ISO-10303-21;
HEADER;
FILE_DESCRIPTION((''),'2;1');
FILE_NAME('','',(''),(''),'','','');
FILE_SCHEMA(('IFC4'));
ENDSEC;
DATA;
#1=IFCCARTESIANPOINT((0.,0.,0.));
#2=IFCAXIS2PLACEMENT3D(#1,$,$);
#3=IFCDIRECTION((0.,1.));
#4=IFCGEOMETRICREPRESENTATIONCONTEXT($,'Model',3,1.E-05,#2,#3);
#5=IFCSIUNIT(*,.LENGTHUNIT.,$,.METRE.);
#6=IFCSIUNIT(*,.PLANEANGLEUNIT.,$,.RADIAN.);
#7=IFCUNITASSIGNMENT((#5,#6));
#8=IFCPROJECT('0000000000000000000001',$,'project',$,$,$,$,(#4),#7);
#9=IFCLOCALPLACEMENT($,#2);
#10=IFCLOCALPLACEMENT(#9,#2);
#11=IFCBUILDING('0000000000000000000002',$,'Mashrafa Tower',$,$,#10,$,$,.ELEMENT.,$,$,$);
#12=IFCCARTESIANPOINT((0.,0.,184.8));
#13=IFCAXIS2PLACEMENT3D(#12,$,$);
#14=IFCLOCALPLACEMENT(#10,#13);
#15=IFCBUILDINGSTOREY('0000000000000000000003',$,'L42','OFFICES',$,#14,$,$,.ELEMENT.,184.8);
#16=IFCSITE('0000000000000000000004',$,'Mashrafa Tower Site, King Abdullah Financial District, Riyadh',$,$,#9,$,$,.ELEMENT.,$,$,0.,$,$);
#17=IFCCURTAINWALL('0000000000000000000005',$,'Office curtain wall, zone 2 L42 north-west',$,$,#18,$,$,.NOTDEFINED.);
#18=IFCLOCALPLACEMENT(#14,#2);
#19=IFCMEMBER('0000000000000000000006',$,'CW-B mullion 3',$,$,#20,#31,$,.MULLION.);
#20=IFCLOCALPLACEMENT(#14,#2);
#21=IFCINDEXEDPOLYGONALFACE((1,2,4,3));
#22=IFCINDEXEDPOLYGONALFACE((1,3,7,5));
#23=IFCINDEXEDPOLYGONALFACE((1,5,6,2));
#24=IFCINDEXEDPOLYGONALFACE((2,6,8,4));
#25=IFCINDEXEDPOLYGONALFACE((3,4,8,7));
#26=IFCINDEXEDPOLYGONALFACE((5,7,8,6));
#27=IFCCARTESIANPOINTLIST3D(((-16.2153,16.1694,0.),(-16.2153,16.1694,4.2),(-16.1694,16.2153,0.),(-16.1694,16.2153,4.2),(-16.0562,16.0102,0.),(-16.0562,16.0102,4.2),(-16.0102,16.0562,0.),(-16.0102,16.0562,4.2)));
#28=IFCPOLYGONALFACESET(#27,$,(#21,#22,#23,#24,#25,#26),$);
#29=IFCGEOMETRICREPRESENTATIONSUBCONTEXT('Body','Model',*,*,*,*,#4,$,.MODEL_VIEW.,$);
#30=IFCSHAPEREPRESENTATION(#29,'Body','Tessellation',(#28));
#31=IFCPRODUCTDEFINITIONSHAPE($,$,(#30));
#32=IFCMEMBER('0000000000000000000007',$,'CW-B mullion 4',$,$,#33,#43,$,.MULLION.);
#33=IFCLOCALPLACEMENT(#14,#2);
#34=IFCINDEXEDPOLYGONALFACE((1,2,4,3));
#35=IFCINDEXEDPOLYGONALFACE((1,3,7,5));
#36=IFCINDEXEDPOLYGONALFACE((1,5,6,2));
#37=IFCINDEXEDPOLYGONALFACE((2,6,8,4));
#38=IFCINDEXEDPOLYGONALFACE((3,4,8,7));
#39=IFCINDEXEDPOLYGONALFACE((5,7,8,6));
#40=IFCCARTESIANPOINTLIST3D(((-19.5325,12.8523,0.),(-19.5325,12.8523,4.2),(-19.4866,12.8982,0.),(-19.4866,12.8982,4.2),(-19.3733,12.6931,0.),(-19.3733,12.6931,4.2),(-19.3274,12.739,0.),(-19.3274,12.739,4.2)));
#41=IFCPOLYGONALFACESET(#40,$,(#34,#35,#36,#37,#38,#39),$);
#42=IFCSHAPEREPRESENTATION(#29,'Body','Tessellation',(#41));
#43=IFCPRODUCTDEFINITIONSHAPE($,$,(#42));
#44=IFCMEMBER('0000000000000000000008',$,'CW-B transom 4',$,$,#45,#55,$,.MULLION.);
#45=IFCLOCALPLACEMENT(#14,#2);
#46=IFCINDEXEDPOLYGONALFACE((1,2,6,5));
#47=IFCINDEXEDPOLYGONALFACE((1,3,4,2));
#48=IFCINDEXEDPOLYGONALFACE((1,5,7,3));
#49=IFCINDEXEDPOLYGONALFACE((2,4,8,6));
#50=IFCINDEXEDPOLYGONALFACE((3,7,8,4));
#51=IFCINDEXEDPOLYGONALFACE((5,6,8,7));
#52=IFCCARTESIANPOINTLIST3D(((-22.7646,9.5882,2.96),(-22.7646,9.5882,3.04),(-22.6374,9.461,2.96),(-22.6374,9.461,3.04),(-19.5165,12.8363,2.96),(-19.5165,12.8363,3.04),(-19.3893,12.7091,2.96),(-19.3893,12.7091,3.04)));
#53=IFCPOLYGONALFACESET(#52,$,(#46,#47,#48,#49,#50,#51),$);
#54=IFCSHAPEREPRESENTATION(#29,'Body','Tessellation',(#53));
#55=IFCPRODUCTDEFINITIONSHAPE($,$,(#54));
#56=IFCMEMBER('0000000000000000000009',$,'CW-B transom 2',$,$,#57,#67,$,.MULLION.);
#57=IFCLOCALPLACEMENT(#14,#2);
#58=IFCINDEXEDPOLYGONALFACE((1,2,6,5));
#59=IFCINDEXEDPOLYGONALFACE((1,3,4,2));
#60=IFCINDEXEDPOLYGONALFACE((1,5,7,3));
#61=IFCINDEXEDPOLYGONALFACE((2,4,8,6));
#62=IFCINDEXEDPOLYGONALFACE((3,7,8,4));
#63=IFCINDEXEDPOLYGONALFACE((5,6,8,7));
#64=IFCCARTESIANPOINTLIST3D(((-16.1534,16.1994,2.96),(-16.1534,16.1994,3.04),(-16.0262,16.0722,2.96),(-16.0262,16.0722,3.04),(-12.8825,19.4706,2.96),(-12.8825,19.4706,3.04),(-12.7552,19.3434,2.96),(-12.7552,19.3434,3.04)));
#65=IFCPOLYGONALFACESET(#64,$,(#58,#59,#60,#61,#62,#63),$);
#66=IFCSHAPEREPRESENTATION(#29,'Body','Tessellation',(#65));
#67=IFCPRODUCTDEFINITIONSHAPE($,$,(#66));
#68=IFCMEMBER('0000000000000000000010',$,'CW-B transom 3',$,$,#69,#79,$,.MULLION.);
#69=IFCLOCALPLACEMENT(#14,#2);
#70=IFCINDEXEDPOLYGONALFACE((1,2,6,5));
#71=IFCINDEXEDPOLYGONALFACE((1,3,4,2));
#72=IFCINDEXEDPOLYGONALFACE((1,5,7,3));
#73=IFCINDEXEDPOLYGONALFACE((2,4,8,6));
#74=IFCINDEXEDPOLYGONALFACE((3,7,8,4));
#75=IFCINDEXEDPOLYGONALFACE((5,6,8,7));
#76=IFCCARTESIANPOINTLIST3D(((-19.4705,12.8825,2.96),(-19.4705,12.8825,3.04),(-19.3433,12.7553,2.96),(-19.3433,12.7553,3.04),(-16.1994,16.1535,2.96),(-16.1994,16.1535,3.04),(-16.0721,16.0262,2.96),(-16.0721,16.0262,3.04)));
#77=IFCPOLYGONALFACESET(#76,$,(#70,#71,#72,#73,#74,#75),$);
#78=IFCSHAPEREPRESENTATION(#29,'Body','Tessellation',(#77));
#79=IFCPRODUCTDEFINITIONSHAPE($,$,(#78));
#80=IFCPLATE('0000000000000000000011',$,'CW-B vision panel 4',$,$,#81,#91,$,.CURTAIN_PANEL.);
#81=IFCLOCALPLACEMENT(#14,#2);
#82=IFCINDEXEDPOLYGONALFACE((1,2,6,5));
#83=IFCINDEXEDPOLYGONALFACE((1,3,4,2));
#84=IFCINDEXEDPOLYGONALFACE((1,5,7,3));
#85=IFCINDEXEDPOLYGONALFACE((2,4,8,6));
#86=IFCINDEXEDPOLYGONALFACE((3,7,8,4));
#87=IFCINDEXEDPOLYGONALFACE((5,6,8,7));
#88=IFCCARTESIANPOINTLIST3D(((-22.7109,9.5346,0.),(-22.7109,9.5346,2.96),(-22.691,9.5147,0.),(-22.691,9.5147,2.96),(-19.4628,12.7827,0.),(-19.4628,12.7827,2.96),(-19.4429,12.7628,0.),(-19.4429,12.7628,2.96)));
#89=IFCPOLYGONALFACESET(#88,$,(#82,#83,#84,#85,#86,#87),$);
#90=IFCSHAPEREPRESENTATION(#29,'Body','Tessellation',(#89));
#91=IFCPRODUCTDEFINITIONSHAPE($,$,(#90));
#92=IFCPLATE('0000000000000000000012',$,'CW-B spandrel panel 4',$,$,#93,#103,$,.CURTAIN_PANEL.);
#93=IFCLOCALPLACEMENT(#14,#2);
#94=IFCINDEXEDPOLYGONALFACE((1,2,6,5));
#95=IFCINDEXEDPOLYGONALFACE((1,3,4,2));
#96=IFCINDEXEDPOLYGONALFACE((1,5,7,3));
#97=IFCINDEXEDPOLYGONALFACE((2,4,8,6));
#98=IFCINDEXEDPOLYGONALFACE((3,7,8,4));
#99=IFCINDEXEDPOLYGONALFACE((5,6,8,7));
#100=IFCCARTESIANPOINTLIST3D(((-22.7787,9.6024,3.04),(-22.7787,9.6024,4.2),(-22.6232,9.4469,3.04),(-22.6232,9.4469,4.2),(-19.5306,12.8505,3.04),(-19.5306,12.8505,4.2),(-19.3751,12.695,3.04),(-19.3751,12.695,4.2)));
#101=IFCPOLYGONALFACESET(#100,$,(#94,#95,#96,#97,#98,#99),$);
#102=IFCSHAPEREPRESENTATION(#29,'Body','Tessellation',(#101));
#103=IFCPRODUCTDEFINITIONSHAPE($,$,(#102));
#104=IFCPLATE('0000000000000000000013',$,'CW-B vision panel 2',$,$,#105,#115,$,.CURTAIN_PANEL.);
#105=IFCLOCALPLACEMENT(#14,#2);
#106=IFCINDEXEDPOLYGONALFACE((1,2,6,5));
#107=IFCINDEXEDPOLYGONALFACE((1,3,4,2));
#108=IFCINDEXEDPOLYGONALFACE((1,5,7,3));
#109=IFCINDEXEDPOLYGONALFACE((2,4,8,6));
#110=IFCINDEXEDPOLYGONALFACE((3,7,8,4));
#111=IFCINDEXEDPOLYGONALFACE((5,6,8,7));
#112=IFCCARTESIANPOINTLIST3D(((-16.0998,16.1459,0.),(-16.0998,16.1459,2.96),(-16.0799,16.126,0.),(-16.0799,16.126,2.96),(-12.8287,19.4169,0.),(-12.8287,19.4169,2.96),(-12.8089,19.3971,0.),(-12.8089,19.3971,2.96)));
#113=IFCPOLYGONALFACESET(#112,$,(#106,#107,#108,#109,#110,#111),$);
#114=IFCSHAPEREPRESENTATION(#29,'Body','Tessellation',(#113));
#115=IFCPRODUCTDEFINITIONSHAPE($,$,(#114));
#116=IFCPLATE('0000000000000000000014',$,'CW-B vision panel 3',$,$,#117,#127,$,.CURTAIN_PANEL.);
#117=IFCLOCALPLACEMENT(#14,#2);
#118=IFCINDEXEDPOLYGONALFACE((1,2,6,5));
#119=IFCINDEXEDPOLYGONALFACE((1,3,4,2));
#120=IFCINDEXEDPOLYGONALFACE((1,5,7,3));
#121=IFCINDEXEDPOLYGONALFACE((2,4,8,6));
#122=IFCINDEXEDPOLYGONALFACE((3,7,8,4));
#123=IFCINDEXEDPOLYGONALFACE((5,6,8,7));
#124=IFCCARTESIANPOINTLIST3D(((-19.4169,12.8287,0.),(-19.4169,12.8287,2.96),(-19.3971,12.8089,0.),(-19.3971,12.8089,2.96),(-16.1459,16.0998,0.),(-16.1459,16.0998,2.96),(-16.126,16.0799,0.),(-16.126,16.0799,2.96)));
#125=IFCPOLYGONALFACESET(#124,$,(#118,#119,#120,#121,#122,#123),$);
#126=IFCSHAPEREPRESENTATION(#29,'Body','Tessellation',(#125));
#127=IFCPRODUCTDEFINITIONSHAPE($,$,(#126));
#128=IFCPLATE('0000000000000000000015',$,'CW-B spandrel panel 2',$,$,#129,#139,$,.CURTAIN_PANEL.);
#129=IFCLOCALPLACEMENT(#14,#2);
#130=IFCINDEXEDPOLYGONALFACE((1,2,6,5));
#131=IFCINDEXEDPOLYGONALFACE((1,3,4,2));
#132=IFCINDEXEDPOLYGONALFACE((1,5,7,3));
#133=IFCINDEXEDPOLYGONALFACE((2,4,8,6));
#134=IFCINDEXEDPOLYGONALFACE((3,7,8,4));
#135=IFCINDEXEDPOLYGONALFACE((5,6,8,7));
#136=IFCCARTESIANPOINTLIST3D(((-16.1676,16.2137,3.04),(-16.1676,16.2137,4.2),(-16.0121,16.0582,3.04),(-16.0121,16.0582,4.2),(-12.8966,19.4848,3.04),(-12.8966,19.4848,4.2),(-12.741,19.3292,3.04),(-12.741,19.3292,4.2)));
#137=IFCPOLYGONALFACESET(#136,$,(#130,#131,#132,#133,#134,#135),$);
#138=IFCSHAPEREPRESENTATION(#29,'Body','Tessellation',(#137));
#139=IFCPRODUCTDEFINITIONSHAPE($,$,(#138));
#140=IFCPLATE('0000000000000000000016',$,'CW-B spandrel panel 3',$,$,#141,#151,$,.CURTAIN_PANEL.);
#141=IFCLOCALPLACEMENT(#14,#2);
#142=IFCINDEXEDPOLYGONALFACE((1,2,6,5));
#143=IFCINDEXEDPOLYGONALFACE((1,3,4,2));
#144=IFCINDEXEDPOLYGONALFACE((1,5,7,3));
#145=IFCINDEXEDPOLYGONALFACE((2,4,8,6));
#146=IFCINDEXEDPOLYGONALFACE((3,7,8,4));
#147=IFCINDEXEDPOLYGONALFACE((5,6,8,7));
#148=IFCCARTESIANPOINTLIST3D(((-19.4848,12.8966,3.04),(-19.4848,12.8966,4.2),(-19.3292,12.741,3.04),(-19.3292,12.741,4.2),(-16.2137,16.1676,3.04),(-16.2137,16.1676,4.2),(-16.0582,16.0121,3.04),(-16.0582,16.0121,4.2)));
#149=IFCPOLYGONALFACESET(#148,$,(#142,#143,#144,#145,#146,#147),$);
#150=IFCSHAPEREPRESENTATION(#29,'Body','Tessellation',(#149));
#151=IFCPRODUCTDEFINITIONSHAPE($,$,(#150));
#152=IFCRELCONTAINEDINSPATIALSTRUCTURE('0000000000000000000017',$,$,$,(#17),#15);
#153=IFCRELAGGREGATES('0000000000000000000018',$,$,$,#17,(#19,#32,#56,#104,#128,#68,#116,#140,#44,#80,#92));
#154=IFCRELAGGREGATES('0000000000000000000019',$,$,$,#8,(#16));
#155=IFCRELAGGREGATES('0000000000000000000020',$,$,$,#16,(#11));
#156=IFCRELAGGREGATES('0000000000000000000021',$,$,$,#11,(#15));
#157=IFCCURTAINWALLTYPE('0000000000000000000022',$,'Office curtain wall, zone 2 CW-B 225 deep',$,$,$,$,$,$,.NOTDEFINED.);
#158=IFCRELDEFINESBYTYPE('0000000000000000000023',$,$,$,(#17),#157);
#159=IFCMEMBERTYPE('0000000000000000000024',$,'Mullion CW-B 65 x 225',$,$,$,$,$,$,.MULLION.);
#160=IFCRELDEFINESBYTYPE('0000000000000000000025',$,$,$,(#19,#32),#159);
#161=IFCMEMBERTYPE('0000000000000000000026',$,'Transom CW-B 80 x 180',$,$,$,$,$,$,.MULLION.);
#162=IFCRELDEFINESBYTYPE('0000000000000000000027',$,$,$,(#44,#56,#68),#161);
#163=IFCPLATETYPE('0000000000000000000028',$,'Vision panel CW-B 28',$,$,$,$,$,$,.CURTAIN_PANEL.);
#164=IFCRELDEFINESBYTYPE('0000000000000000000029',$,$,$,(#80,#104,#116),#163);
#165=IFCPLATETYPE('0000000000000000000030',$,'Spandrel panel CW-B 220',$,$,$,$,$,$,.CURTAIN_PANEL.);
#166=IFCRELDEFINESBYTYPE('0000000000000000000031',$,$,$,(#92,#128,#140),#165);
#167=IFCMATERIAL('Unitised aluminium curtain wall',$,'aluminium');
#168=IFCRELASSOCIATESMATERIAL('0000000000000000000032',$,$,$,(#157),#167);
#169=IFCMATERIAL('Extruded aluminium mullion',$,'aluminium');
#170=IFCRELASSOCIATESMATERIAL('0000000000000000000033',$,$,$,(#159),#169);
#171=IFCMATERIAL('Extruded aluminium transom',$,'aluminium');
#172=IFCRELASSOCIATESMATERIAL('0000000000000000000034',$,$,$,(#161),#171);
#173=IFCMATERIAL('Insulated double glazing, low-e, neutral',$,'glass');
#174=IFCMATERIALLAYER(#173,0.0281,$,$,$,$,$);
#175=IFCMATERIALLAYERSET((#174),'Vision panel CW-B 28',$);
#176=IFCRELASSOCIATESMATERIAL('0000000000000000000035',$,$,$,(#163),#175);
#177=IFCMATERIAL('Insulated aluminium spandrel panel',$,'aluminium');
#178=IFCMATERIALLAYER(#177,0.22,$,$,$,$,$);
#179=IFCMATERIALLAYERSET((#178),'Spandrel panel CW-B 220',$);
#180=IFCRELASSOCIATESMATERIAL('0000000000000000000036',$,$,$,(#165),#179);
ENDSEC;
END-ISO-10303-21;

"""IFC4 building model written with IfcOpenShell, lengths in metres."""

from ifc_helpers import new_model, si_unit, direction, frame, origin, origin_2d, place, context, subcontext, project, spatial, rectangle, extrude, source, transform, mapped, material, layer, layer_set, material_profile, profile_set, type_object, type_shapes, element, aggregate, save


model = new_model("IFC4")

# Units and contexts
model_context = context("Model", 3, precision=1e-05, world=origin(), true_north=direction((0.0, 1.0)))
body_context = subcontext(model_context, "Body", "Model", "MODEL_VIEW")
ifc_project = project(units=[si_unit("LENGTHUNIT", "METRE"), si_unit("PLANEANGLEUNIT", "RADIAN")], contexts=[model_context])

# Site, building, storey
site_placement = place(None, origin())
site = spatial("IfcSite", under=ifc_project, at=site_placement, Name="Mashrafa Tower Site, King Abdullah Financial District, Riyadh", CompositionType="ELEMENT", RefElevation=0.0)
building_placement = place(site_placement, origin())
building = spatial("IfcBuilding", under=site, at=building_placement, Name="Mashrafa Tower", CompositionType="ELEMENT")
storey_placement = place(building_placement, frame((0.0, 0.0, 184.8)))
storey = spatial("IfcBuildingStorey", under=building, at=storey_placement, Name="L42", Description="OFFICES", CompositionType="ELEMENT", Elevation=184.8)

# Curtain wall, members, plates
ifc_material_1 = material(Name="Unitised aluminium curtain wall", Category="aluminium")
curtain_wall_type = type_object("IfcCurtainWallType", Name="Office curtain wall, zone 2 CW-B 225 deep", PredefinedType="NOTDEFINED", material=ifc_material_1)
curtain_wall_placement = place(storey_placement, origin())
curtain_wall = element("IfcCurtainWall", 1, at=curtain_wall_placement, inside=storey, type_object=curtain_wall_type, Name="Office curtain wall, zone 2 L42 north-west", PredefinedType="NOTDEFINED")
ifc_material_2 = material(Name="Extruded aluminium mullion", Category="aluminium")
ifc_material_profile_1 = material_profile(ifc_material_2, rectangle(XDim=0.2251, YDim=0.0649, at=origin_2d()), Name="Mullion 65x225")
ifc_profile_set_1 = profile_set([ifc_material_profile_1], Name="Extruded aluminium mullion")
member_type_1 = type_object("IfcMemberType", Name="Mullion CW-B 65 x 225", PredefinedType="MULLION", material=ifc_profile_set_1)
shared_shape_1 = source(origin(), body_context, "Body", "SweptSolid", [
    extrude(rectangle(XDim=0.2251, YDim=0.0649, at=origin_2d()), origin(), (0.0, 0.0, 1.0), 4.2),
])
type_shapes(member_type_1, [shared_shape_1])
member_1_placement = place(storey_placement, frame((-16.1128, 16.1128, 0.0), z_axis=(0.0, 0.0, 1.0), x_axis=(0.707107, -0.707107, 0.0)))
member_1 = element("IfcMember", 2, at=member_1_placement, type_object=member_type_1, Name="CW-B mullion 3", PredefinedType="MULLION", context=body_context, shape_type="MappedRepresentation", body=[
    mapped(shared_shape_1, transform((0.0, 0.0, 0.0))),
])
member_2_placement = place(storey_placement, frame((-19.4299, 12.7957, 0.0), z_axis=(0.0, 0.0, 1.0), x_axis=(0.707107, -0.707107, 0.0)))
member_2 = element("IfcMember", 3, at=member_2_placement, type_object=member_type_1, Name="CW-B mullion 4", PredefinedType="MULLION", context=body_context, shape_type="MappedRepresentation", body=[
    mapped(shared_shape_1, transform((0.0, 0.0, 0.0))),
])
ifc_material_3 = material(Name="Extruded aluminium transom", Category="aluminium")
ifc_material_profile_2 = material_profile(ifc_material_3, rectangle(XDim=0.1799, YDim=0.0801, at=origin_2d()), Name="Transom 80x180")
ifc_profile_set_2 = profile_set([ifc_material_profile_2], Name="Extruded aluminium transom")
member_type_2 = type_object("IfcMemberType", Name="Transom CW-B 80 x 180", PredefinedType="MULLION", material=ifc_profile_set_2)
shared_shape_2 = source(origin(), body_context, "Body", "SweptSolid", [
    extrude(rectangle(XDim=0.1799, YDim=0.0801, at=origin_2d()), origin(), (0.0, 0.0, 1.0), 4.5935),
])
member_3_placement = place(storey_placement, frame((-19.4529, 12.7727, 3.0), z_axis=(-0.707107, -0.707107, 0.0), x_axis=(0.707107, -0.707107, 0.0)))
member_3 = element("IfcMember", 4, at=member_3_placement, type_object=member_type_2, Name="CW-B transom 4", PredefinedType="MULLION", context=body_context, shape_type="MappedRepresentation", body=[
    mapped(shared_shape_2, transform((0.0, 0.0, 0.0))),
])
shared_shape_3 = source(origin(), body_context, "Body", "SweptSolid", [
    extrude(rectangle(XDim=0.1799, YDim=0.0801, at=origin_2d()), origin(), (0.0, 0.0, 1.0), 4.626),
])
type_shapes(member_type_2, [shared_shape_2, shared_shape_3])
member_4_placement = place(storey_placement, frame((-12.8188, 19.407, 3.0), z_axis=(-0.70708, -0.707133, 0.0), x_axis=(0.707133, -0.70708, 0.0)))
member_4 = element("IfcMember", 5, at=member_4_placement, type_object=member_type_2, Name="CW-B transom 2", PredefinedType="MULLION", context=body_context, shape_type="MappedRepresentation", body=[
    mapped(shared_shape_3, transform((0.0, 0.0, 0.0))),
])
member_5_placement = place(storey_placement, frame((-16.1357, 16.0898, 3.0), z_axis=(-0.707133, -0.70708, 0.0), x_axis=(0.70708, -0.707133, 0.0)))
member_5 = element("IfcMember", 6, at=member_5_placement, type_object=member_type_2, Name="CW-B transom 3", PredefinedType="MULLION", context=body_context, shape_type="MappedRepresentation", body=[
    mapped(shared_shape_3, transform((0.0, 0.0, 0.0))),
])
ifc_material_4 = material(Name="Insulated double glazing, low-e, neutral", Category="glass")
ifc_layer_1 = layer(ifc_material_4, 0.0281)
ifc_layer_set_1 = layer_set([ifc_layer_1], Name="Vision panel CW-B 28")
plate_type_1 = type_object("IfcPlateType", Name="Vision panel CW-B 28", PredefinedType="CURTAIN_PANEL", material=ifc_layer_set_1)
shared_shape_4 = source(origin(), body_context, "Body", "SweptSolid", [
    extrude(rectangle(XDim=4.5935, YDim=0.0281, at=origin_2d()), origin(), (0.0, 0.0, 1.0), 2.96),
])
plate_1_placement = place(storey_placement, frame((-21.0769, 11.1487, 0.0), z_axis=(0.0, 0.0, 1.0), x_axis=(-0.707107, -0.707107, 0.0)))
plate_1 = element("IfcPlate", 7, at=plate_1_placement, type_object=plate_type_1, Name="CW-B vision panel 4", PredefinedType="CURTAIN_PANEL", context=body_context, shape_type="MappedRepresentation", body=[
    mapped(shared_shape_4, transform((0.0, 0.0, 0.0))),
])
ifc_material_5 = material(Name="Insulated aluminium spandrel panel", Category="aluminium")
ifc_layer_2 = layer(ifc_material_5, 0.22)
ifc_layer_set_2 = layer_set([ifc_layer_2], Name="Spandrel panel CW-B 220")
plate_type_2 = type_object("IfcPlateType", Name="Spandrel panel CW-B 220", PredefinedType="CURTAIN_PANEL", material=ifc_layer_set_2)
shared_shape_5 = source(origin(), body_context, "Body", "SweptSolid", [
    extrude(rectangle(XDim=4.5935, YDim=0.22, at=origin_2d()), origin(), (0.0, 0.0, 1.0), 1.1599),
])
plate_2_placement = place(storey_placement, frame((-21.0769, 11.1487, 3.04), z_axis=(0.0, 0.0, 1.0), x_axis=(-0.707107, -0.707107, 0.0)))
plate_2 = element("IfcPlate", 8, at=plate_2_placement, type_object=plate_type_2, Name="CW-B spandrel panel 4", PredefinedType="CURTAIN_PANEL", context=body_context, shape_type="MappedRepresentation", body=[
    mapped(shared_shape_5, transform((0.0, 0.0, 0.0))),
])
shared_shape_6 = source(origin(), body_context, "Body", "SweptSolid", [
    extrude(rectangle(XDim=4.626, YDim=0.0281, at=origin_2d()), origin(), (0.0, 0.0, 1.0), 2.96),
])
type_shapes(plate_type_1, [shared_shape_4, shared_shape_6])
plate_3_placement = place(storey_placement, frame((-14.4543, 17.7715, 0.0), z_axis=(0.0, 0.0, 1.0), x_axis=(-0.707107, -0.707107, 0.0)))
plate_3 = element("IfcPlate", 9, at=plate_3_placement, type_object=plate_type_1, Name="CW-B vision panel 2", PredefinedType="CURTAIN_PANEL", context=body_context, shape_type="MappedRepresentation", body=[
    mapped(shared_shape_6, transform((0.0, 0.0, 0.0))),
])
plate_4_placement = place(storey_placement, frame((-17.7715, 14.4543, 0.0), z_axis=(0.0, 0.0, 1.0), x_axis=(-0.707107, -0.707107, 0.0)))
plate_4 = element("IfcPlate", 10, at=plate_4_placement, type_object=plate_type_1, Name="CW-B vision panel 3", PredefinedType="CURTAIN_PANEL", context=body_context, shape_type="MappedRepresentation", body=[
    mapped(shared_shape_6, transform((0.0, 0.0, 0.0))),
])
shared_shape_7 = source(origin(), body_context, "Body", "SweptSolid", [
    extrude(rectangle(XDim=4.626, YDim=0.22, at=origin_2d()), origin(), (0.0, 0.0, 1.0), 1.1599),
])
type_shapes(plate_type_2, [shared_shape_5, shared_shape_7])
plate_5_placement = place(storey_placement, frame((-14.4543, 17.7715, 3.04), z_axis=(0.0, 0.0, 1.0), x_axis=(-0.707107, -0.707107, 0.0)))
plate_5 = element("IfcPlate", 11, at=plate_5_placement, type_object=plate_type_2, Name="CW-B spandrel panel 2", PredefinedType="CURTAIN_PANEL", context=body_context, shape_type="MappedRepresentation", body=[
    mapped(shared_shape_7, transform((0.0, 0.0, 0.0))),
])
plate_6_placement = place(storey_placement, frame((-17.7715, 14.4543, 3.04), z_axis=(0.0, 0.0, 1.0), x_axis=(-0.707107, -0.707107, 0.0)))
plate_6 = element("IfcPlate", 12, at=plate_6_placement, type_object=plate_type_2, Name="CW-B spandrel panel 3", PredefinedType="CURTAIN_PANEL", context=body_context, shape_type="MappedRepresentation", body=[
    mapped(shared_shape_7, transform((0.0, 0.0, 0.0))),
])
aggregate(curtain_wall, [member_1, member_2, member_4, plate_3, plate_5, member_5, plate_4, plate_6, member_3, plate_1, plate_2])

save(model, "model.ifc")
